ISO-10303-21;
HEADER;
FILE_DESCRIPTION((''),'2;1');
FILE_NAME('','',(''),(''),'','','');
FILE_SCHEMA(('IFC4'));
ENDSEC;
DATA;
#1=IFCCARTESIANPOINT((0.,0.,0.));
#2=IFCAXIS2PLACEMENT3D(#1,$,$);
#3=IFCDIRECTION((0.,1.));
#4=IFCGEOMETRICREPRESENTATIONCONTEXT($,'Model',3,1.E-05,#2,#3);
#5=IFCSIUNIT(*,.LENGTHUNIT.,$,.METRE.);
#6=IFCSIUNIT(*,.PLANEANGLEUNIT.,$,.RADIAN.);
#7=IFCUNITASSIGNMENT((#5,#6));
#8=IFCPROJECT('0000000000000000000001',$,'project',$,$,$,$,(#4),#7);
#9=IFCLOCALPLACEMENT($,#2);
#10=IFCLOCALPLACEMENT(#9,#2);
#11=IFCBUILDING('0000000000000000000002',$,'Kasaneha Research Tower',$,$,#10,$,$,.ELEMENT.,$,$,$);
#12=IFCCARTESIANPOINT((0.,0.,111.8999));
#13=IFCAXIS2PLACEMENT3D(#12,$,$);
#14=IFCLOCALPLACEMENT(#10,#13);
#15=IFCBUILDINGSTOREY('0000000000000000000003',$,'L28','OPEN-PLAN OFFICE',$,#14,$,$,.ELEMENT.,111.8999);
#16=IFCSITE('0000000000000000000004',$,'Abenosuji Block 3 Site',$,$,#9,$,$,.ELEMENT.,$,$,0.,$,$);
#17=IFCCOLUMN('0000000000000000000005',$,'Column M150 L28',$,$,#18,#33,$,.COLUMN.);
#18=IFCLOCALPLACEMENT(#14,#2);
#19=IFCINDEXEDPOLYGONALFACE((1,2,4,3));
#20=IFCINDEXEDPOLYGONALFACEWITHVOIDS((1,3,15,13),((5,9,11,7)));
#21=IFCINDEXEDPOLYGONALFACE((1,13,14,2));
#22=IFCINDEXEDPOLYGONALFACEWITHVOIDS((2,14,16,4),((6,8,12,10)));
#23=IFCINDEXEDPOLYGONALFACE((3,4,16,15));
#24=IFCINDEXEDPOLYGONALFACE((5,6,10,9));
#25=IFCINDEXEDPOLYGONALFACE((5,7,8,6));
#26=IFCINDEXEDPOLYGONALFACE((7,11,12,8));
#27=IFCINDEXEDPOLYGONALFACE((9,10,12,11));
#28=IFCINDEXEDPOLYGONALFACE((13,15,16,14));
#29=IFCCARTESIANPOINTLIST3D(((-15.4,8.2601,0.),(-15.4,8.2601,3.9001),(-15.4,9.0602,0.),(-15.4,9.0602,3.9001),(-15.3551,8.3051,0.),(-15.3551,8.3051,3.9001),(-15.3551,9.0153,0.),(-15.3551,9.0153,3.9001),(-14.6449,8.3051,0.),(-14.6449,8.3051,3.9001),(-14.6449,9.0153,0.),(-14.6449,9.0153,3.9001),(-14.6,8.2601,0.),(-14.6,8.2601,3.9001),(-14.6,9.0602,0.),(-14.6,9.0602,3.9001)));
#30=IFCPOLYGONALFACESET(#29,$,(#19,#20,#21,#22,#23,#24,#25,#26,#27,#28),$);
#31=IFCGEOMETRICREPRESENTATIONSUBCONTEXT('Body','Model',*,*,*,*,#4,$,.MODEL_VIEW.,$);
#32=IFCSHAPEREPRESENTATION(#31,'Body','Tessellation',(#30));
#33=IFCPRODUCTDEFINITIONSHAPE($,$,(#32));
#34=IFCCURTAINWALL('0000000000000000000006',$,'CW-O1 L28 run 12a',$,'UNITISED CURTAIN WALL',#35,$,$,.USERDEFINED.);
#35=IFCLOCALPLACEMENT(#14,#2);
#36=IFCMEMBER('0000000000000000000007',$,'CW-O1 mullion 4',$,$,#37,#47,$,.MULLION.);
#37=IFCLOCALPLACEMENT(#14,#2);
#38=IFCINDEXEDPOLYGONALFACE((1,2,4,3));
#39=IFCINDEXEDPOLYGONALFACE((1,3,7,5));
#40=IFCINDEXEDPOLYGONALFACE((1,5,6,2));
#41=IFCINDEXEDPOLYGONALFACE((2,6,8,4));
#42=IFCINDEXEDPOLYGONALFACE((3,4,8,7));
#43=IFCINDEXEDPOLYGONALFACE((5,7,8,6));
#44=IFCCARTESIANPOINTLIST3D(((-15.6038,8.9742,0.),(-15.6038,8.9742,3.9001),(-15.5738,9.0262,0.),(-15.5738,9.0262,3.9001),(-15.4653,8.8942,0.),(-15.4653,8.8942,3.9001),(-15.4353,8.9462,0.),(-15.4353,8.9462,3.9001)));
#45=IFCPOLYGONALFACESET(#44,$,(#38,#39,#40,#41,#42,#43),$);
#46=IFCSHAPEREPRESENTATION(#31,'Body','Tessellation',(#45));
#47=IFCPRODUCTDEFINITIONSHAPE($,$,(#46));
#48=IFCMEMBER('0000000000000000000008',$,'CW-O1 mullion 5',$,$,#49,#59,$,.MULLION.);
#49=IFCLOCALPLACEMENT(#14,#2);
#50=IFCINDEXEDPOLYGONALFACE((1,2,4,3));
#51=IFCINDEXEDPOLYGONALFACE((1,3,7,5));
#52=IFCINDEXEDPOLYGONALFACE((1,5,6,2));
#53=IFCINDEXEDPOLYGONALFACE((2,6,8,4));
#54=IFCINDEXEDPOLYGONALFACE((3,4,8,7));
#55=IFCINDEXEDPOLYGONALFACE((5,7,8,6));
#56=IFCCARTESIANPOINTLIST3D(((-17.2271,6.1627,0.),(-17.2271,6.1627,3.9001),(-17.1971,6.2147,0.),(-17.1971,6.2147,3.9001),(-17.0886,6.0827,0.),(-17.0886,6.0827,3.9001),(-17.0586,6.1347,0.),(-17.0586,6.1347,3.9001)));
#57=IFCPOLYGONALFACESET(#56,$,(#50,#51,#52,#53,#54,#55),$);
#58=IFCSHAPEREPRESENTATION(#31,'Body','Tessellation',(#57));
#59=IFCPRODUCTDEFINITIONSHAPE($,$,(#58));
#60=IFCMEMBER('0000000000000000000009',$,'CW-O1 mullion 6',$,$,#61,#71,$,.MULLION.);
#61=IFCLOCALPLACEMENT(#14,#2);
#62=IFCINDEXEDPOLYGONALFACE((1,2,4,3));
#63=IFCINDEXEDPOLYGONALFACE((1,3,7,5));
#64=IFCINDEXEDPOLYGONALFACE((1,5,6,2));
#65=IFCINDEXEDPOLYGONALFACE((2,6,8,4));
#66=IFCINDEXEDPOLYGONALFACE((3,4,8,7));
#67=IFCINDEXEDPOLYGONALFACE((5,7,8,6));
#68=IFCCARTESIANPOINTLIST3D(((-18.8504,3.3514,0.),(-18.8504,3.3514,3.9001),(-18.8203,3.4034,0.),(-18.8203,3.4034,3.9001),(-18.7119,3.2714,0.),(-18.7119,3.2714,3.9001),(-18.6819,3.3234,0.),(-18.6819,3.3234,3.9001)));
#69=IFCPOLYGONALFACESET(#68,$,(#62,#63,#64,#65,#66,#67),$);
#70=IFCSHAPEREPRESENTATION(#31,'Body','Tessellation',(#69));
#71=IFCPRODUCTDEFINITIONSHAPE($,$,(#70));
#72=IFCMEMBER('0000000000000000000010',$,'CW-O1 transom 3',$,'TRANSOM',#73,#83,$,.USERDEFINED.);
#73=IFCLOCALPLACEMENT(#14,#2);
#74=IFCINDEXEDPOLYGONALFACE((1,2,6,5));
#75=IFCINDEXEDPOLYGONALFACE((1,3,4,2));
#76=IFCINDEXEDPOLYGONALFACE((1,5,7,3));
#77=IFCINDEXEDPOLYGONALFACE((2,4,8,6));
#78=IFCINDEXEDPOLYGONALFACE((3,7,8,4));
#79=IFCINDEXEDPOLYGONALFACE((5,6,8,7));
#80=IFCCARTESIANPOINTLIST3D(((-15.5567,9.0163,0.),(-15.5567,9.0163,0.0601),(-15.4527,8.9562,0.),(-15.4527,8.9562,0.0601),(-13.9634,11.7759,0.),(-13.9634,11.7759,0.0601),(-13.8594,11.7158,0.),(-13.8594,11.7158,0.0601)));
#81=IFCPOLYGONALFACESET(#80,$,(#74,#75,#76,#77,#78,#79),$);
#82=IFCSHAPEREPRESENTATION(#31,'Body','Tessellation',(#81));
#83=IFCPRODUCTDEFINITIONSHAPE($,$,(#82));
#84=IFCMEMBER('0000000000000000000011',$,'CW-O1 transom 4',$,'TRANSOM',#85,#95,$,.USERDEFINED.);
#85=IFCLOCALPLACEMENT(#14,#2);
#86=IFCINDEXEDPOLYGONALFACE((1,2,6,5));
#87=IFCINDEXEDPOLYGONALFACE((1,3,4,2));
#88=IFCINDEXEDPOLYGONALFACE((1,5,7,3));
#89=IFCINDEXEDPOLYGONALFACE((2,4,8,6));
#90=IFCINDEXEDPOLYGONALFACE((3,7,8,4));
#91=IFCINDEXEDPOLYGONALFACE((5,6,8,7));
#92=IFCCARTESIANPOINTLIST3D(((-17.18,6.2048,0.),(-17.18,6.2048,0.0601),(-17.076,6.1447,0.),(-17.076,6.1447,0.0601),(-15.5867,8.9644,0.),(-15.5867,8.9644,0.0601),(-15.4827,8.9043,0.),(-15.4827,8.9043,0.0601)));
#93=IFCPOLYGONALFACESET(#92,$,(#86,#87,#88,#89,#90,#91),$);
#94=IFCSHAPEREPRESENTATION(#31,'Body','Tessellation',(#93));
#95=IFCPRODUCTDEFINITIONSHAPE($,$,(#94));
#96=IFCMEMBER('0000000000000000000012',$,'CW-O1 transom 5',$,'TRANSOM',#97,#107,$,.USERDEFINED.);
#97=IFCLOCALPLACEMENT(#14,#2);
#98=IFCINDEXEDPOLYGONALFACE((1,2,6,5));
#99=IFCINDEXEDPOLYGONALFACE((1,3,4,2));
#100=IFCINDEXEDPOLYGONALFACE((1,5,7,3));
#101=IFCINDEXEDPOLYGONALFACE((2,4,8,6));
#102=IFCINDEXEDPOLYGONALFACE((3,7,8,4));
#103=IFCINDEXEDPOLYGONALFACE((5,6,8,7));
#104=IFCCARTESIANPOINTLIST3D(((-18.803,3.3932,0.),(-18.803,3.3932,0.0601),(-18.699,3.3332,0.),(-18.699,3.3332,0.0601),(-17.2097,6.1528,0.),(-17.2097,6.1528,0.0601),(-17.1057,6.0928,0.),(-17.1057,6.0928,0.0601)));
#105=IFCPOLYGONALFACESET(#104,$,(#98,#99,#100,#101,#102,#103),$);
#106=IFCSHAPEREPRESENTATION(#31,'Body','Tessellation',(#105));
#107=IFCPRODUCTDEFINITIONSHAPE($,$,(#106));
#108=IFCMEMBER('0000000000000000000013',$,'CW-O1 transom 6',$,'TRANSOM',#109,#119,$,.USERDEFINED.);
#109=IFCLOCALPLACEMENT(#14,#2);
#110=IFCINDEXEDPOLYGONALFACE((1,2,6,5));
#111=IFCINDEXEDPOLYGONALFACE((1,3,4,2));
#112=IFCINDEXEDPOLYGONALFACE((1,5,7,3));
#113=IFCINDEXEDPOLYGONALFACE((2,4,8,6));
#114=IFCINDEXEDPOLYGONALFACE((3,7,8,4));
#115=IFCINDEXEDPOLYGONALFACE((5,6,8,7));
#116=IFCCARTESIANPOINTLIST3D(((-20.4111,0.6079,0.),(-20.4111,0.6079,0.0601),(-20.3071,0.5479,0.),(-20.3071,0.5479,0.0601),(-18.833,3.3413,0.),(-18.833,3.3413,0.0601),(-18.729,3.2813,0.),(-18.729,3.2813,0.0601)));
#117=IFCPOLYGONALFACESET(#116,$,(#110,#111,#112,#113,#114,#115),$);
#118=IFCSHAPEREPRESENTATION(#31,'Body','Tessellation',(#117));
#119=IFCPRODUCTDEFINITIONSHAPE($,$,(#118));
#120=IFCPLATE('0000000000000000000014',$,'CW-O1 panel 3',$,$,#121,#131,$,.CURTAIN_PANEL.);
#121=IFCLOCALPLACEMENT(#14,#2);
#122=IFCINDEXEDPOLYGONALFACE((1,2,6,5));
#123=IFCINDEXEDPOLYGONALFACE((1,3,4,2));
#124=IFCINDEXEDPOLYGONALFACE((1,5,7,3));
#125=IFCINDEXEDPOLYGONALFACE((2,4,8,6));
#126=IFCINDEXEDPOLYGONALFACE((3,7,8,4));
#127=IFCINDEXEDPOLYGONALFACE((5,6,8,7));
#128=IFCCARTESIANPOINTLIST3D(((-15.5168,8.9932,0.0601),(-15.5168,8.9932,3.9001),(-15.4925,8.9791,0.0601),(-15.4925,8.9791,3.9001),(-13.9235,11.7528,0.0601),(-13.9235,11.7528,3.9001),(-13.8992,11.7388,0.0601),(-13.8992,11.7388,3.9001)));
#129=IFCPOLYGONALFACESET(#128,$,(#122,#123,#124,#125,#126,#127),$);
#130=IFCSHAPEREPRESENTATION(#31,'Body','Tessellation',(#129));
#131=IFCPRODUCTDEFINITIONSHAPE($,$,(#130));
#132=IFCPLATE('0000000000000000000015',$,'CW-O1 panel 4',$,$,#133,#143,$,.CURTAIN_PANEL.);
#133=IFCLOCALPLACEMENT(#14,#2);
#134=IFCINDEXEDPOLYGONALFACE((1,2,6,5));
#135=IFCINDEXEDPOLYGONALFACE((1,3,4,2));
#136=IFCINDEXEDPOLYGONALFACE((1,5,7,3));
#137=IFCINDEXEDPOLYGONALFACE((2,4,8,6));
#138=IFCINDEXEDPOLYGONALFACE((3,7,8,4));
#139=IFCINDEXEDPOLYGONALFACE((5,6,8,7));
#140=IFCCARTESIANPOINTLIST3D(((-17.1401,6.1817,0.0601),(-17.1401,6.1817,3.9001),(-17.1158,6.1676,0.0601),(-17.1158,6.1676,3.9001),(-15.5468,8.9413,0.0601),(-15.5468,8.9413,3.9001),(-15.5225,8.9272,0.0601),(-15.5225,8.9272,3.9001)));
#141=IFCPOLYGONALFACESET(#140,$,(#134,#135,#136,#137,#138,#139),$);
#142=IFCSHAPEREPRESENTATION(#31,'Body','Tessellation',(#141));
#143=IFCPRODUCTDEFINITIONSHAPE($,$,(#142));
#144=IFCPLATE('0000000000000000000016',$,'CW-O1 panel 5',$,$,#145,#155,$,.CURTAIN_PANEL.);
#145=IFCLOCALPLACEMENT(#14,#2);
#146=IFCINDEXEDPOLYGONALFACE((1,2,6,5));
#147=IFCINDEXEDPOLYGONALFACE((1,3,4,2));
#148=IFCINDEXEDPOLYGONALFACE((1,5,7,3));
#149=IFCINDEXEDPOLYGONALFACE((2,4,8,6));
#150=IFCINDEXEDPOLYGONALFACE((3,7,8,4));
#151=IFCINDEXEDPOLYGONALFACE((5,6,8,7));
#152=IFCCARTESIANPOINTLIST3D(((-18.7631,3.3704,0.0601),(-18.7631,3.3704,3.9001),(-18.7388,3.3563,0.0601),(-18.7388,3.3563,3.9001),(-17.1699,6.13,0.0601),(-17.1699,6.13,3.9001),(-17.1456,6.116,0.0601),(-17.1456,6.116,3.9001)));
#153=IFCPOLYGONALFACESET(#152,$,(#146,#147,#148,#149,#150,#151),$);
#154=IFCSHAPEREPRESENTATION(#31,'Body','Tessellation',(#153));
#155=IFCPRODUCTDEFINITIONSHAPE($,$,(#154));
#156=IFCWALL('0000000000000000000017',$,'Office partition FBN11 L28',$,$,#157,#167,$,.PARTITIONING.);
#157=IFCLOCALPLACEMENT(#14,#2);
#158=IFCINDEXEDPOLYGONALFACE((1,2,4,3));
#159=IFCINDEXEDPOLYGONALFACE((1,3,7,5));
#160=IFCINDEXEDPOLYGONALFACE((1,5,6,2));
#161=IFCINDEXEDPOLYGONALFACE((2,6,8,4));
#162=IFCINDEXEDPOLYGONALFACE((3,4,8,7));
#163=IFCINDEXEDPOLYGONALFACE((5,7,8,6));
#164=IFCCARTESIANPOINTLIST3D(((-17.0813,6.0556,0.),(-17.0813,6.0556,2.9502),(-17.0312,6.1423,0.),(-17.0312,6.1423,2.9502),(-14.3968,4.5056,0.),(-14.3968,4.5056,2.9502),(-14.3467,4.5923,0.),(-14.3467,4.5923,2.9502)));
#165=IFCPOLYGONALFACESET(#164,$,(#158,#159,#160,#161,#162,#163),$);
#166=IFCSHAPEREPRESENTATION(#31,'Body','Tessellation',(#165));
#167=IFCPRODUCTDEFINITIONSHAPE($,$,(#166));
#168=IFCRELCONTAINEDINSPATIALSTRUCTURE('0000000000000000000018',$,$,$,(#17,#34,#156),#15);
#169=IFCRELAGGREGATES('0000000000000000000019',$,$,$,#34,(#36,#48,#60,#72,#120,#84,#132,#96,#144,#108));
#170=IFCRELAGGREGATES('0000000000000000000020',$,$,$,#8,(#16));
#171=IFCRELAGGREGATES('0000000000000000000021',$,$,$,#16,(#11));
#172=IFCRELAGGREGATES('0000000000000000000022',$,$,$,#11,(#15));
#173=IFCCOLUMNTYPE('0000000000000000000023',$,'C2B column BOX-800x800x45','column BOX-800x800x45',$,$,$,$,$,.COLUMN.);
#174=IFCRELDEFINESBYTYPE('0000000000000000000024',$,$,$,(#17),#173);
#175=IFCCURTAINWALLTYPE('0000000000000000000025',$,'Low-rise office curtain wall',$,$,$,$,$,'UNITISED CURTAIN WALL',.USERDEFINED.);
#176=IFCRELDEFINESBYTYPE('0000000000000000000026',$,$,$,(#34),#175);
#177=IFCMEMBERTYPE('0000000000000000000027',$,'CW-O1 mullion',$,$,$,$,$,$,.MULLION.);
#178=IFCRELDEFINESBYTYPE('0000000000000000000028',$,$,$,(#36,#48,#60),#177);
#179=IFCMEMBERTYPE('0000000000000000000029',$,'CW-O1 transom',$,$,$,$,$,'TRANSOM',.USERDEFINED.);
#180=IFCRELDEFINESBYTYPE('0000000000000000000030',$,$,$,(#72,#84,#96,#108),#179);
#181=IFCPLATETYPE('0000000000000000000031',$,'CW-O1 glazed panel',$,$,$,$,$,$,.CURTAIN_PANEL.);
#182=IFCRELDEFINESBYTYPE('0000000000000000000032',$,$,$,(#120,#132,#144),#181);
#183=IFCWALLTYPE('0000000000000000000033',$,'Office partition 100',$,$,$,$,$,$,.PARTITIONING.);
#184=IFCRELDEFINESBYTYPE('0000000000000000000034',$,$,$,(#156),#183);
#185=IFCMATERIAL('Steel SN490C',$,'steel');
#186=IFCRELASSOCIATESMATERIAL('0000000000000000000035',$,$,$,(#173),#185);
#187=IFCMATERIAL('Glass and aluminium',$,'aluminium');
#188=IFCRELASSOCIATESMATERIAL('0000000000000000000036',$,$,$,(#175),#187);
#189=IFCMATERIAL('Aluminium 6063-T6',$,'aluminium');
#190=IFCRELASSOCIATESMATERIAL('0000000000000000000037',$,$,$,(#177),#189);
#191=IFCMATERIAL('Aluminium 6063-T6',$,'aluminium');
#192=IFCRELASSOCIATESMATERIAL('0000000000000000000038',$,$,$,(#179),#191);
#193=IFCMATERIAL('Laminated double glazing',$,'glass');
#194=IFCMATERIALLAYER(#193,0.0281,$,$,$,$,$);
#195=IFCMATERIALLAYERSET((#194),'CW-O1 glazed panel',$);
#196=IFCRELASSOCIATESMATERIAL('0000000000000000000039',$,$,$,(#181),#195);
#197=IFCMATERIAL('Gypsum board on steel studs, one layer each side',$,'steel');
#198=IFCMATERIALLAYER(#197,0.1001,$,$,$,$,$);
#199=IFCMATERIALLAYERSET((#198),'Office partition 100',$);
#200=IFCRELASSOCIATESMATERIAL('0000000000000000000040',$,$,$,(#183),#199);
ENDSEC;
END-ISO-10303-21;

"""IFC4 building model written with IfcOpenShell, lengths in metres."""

from ifc_helpers import new_model, si_unit, direction, frame, frame_2d, origin, origin_2d, place, context, subcontext, project, spatial, rectangle, hollow_rectangle, extrude, material, layer, layer_set, material_profile, profile_set, type_object, element, aggregate, save


model = new_model("IFC4")

# Units and contexts
model_context = context("Model", 3, precision=1e-05, world=origin(), true_north=direction((0.0, 1.0)))
body_context = subcontext(model_context, "Body", "Model", "MODEL_VIEW")
ifc_project = project(units=[si_unit("LENGTHUNIT", "METRE"), si_unit("PLANEANGLEUNIT", "RADIAN")], contexts=[model_context])

# Site, building, storey
site_placement = place(None, origin())
site = spatial("IfcSite", under=ifc_project, at=site_placement, Name="Abenosuji Block 3 Site", CompositionType="ELEMENT", RefElevation=0.0)
building_placement = place(site_placement, origin())
building = spatial("IfcBuilding", under=site, at=building_placement, Name="Kasaneha Research Tower", CompositionType="ELEMENT")
storey_placement = place(building_placement, frame((0.0, 0.0, 111.8999)))
storey = spatial("IfcBuildingStorey", under=building, at=storey_placement, Name="L28", Description="OPEN-PLAN OFFICE", CompositionType="ELEMENT", Elevation=111.8999)

# Column
ifc_material_1 = material(Name="Steel SN490C", Category="steel")
ifc_material_profile_1 = material_profile(ifc_material_1, hollow_rectangle(XDim=0.8, YDim=0.8, WallThickness=0.0449, at=origin_2d()), Name="BOX-800x800x45")
ifc_profile_set_1 = profile_set([ifc_material_profile_1], Name="Steel SN490C")
column_type = type_object("IfcColumnType", Name="C2B column BOX-800x800x45", Description="column BOX-800x800x45", PredefinedType="COLUMN", material=ifc_profile_set_1)
column_placement = place(storey_placement, frame((-15.0, 8.6602, 0.0), z_axis=(0.0, 0.0, 1.0), x_axis=(1.0, 0.0, 0.0)))
element("IfcColumn", 1, at=column_placement, inside=storey, type_object=column_type, Name="Column M150 L28", PredefinedType="COLUMN", context=body_context, shape_type="SweptSolid", body=[
    extrude(hollow_rectangle(XDim=0.8, YDim=0.8, WallThickness=0.0449, at=origin_2d()), origin(), (0.0, 0.0, 1.0), 3.9001),
])

# Curtain wall, members, plates
ifc_material_2 = material(Name="Glass and aluminium", Category="aluminium")
curtain_wall_type = type_object("IfcCurtainWallType", Name="Low-rise office curtain wall", ElementType="UNITISED CURTAIN WALL", PredefinedType="USERDEFINED", material=ifc_material_2)
curtain_wall_placement = place(storey_placement, origin())
curtain_wall = element("IfcCurtainWall", 2, at=curtain_wall_placement, inside=storey, type_object=curtain_wall_type, Name="CW-O1 L28 run 12a", ObjectType="UNITISED CURTAIN WALL", PredefinedType="USERDEFINED")
ifc_material_3 = material(Name="Aluminium 6063-T6", Category="aluminium")
ifc_material_profile_2 = material_profile(ifc_material_3, rectangle(XDim=0.0601, YDim=0.1599, at=origin_2d()), Name="CW-O1 mullion 60x160")
ifc_profile_set_2 = profile_set([ifc_material_profile_2], Name="Aluminium 6063-T6")
member_type_1 = type_object("IfcMemberType", Name="CW-O1 mullion", PredefinedType="MULLION", material=ifc_profile_set_2)
member_1_placement = place(storey_placement, frame((-15.5195, 8.9602, 0.0), z_axis=(0.0, 0.0, 1.0), x_axis=(-0.5, -0.866025, 0.0)))
member_1 = element("IfcMember", 3, at=member_1_placement, type_object=member_type_1, Name="CW-O1 mullion 4", PredefinedType="MULLION", context=body_context, shape_type="SweptSolid", body=[
    extrude(rectangle(XDim=0.0601, YDim=0.1599, at=origin_2d()), origin(), (0.0, 0.0, 1.0), 3.9001),
])
member_2_placement = place(storey_placement, frame((-17.1428, 6.1487, 0.0), z_axis=(0.0, 0.0, 1.0), x_axis=(-0.5, -0.866025, 0.0)))
member_2 = element("IfcMember", 4, at=member_2_placement, type_object=member_type_1, Name="CW-O1 mullion 5", PredefinedType="MULLION", context=body_context, shape_type="SweptSolid", body=[
    extrude(rectangle(XDim=0.0601, YDim=0.1599, at=origin_2d()), origin(), (0.0, 0.0, 1.0), 3.9001),
])
member_3_placement = place(storey_placement, frame((-18.7661, 3.3374, 0.0), z_axis=(0.0, 0.0, 1.0), x_axis=(-0.5, -0.866025, 0.0)))
member_3 = element("IfcMember", 5, at=member_3_placement, type_object=member_type_1, Name="CW-O1 mullion 6", PredefinedType="MULLION", context=body_context, shape_type="SweptSolid", body=[
    extrude(rectangle(XDim=0.0601, YDim=0.1599, at=origin_2d()), origin(), (0.0, 0.0, 1.0), 3.9001),
])
ifc_material_4 = material(Name="Aluminium 6063-T6", Category="aluminium")
ifc_material_profile_3 = material_profile(ifc_material_4, rectangle(XDim=0.1201, YDim=0.0601, at=origin_2d()), Name="CW-O1 transom 120x60")
ifc_profile_set_3 = profile_set([ifc_material_profile_3], Name="Aluminium 6063-T6")
member_type_2 = type_object("IfcMemberType", Name="CW-O1 transom", ElementType="TRANSOM", PredefinedType="USERDEFINED", material=ifc_profile_set_3)
member_4_placement = place(storey_placement, frame((-13.9114, 11.7458, 0.03), z_axis=(-0.500012, -0.866018, 0.0), x_axis=(0.866018, -0.500012, 0.0)))
member_4 = element("IfcMember", 6, at=member_4_placement, type_object=member_type_2, Name="CW-O1 transom 3", ObjectType="TRANSOM", PredefinedType="USERDEFINED", context=body_context, shape_type="SweptSolid", body=[
    extrude(rectangle(XDim=0.1201, YDim=0.0601, at=origin_2d()), origin(), (0.0, 0.0, 1.0), 3.1865),
])
member_5_placement = place(storey_placement, frame((-15.5347, 8.9343, 0.03), z_axis=(-0.500012, -0.866018, 0.0), x_axis=(0.866018, -0.500012, 0.0)))
member_5 = element("IfcMember", 7, at=member_5_placement, type_object=member_type_2, Name="CW-O1 transom 4", ObjectType="TRANSOM", PredefinedType="USERDEFINED", context=body_context, shape_type="SweptSolid", body=[
    extrude(rectangle(XDim=0.1201, YDim=0.0601, at=origin_2d()), origin(), (0.0, 0.0, 1.0), 3.1865),
])
member_6_placement = place(storey_placement, frame((-17.1577, 6.1228, 0.03), z_axis=(-0.500012, -0.866018, 0.0), x_axis=(0.866018, -0.500012, 0.0)))
member_6 = element("IfcMember", 8, at=member_6_placement, type_object=member_type_2, Name="CW-O1 transom 5", ObjectType="TRANSOM", PredefinedType="USERDEFINED", context=body_context, shape_type="SweptSolid", body=[
    extrude(rectangle(XDim=0.1201, YDim=0.0601, at=origin_2d()), origin(), (0.0, 0.0, 1.0), 3.1865),
])
member_7_placement = place(storey_placement, frame((-18.781, 3.3113, 0.03), z_axis=(-0.499999, -0.866026, 0.0), x_axis=(0.866026, -0.499999, 0.0)))
member_7 = element("IfcMember", 9, at=member_7_placement, type_object=member_type_2, Name="CW-O1 transom 6", ObjectType="TRANSOM", PredefinedType="USERDEFINED", context=body_context, shape_type="SweptSolid", body=[
    extrude(rectangle(XDim=0.1201, YDim=0.0601, at=origin_2d()), origin(), (0.0, 0.0, 1.0), 3.1562),
])
ifc_material_5 = material(Name="Laminated double glazing", Category="glass")
ifc_layer_1 = layer(ifc_material_5, 0.0281)
ifc_layer_set_1 = layer_set([ifc_layer_1], Name="CW-O1 glazed panel")
plate_type = type_object("IfcPlateType", Name="CW-O1 glazed panel", PredefinedType="CURTAIN_PANEL", material=ifc_layer_set_1)
plate_1_placement = place(storey_placement, frame((-14.708, 10.366, 0.0601), z_axis=(0.0, 0.0, 1.0), x_axis=(-0.5, -0.866025, 0.0)))
plate_1 = element("IfcPlate", 10, at=plate_1_placement, type_object=plate_type, Name="CW-O1 panel 3", PredefinedType="CURTAIN_PANEL", context=body_context, shape_type="SweptSolid", body=[
    extrude(rectangle(XDim=3.1865, YDim=0.0281, at=origin_2d()), origin(), (0.0, 0.0, 1.0), 3.8401),
])
plate_2_placement = place(storey_placement, frame((-16.3313, 7.5544, 0.0601), z_axis=(0.0, 0.0, 1.0), x_axis=(-0.5, -0.866025, 0.0)))
plate_2 = element("IfcPlate", 11, at=plate_2_placement, type_object=plate_type, Name="CW-O1 panel 4", PredefinedType="CURTAIN_PANEL", context=body_context, shape_type="SweptSolid", body=[
    extrude(rectangle(XDim=3.1865, YDim=0.0281, at=origin_2d()), origin(), (0.0, 0.0, 1.0), 3.8401),
])
plate_3_placement = place(storey_placement, frame((-17.9543, 4.7432, 0.0601), z_axis=(0.0, 0.0, 1.0), x_axis=(-0.5, -0.866025, 0.0)))
plate_3 = element("IfcPlate", 12, at=plate_3_placement, type_object=plate_type, Name="CW-O1 panel 5", PredefinedType="CURTAIN_PANEL", context=body_context, shape_type="SweptSolid", body=[
    extrude(rectangle(XDim=3.1865, YDim=0.0281, at=origin_2d()), origin(), (0.0, 0.0, 1.0), 3.8401),
])
aggregate(curtain_wall, [member_1, member_2, member_3, member_4, plate_1, member_5, plate_2, member_6, plate_3, member_7])

# Wall
ifc_material_6 = material(Name="Gypsum board on steel studs, one layer each side", Category="steel")
ifc_layer_2 = layer(ifc_material_6, 0.1001)
ifc_layer_set_2 = layer_set([ifc_layer_2], Name="Office partition 100")
wall_type_1 = type_object("IfcWallType", Name="Office partition 100", PredefinedType="PARTITIONING", material=ifc_layer_set_2)
wall_1_placement = place(storey_placement, frame((-17.0562, 6.0989, 0.0), z_axis=(0.0, 0.0, 1.0), x_axis=(0.86601, -0.500027, 0.0)))
element("IfcWall", 13, at=wall_1_placement, inside=storey, type_object=wall_type_1, Name="Office partition FBN11 L28", PredefinedType="PARTITIONING", context=body_context, shape_type="SweptSolid", body=[
    extrude(rectangle(XDim=3.0999, YDim=0.1001, at=frame_2d((1.5498, 0.0))), origin(), (0.0, 0.0, 1.0), 2.9502),
])

save(model, "model.ifc")
